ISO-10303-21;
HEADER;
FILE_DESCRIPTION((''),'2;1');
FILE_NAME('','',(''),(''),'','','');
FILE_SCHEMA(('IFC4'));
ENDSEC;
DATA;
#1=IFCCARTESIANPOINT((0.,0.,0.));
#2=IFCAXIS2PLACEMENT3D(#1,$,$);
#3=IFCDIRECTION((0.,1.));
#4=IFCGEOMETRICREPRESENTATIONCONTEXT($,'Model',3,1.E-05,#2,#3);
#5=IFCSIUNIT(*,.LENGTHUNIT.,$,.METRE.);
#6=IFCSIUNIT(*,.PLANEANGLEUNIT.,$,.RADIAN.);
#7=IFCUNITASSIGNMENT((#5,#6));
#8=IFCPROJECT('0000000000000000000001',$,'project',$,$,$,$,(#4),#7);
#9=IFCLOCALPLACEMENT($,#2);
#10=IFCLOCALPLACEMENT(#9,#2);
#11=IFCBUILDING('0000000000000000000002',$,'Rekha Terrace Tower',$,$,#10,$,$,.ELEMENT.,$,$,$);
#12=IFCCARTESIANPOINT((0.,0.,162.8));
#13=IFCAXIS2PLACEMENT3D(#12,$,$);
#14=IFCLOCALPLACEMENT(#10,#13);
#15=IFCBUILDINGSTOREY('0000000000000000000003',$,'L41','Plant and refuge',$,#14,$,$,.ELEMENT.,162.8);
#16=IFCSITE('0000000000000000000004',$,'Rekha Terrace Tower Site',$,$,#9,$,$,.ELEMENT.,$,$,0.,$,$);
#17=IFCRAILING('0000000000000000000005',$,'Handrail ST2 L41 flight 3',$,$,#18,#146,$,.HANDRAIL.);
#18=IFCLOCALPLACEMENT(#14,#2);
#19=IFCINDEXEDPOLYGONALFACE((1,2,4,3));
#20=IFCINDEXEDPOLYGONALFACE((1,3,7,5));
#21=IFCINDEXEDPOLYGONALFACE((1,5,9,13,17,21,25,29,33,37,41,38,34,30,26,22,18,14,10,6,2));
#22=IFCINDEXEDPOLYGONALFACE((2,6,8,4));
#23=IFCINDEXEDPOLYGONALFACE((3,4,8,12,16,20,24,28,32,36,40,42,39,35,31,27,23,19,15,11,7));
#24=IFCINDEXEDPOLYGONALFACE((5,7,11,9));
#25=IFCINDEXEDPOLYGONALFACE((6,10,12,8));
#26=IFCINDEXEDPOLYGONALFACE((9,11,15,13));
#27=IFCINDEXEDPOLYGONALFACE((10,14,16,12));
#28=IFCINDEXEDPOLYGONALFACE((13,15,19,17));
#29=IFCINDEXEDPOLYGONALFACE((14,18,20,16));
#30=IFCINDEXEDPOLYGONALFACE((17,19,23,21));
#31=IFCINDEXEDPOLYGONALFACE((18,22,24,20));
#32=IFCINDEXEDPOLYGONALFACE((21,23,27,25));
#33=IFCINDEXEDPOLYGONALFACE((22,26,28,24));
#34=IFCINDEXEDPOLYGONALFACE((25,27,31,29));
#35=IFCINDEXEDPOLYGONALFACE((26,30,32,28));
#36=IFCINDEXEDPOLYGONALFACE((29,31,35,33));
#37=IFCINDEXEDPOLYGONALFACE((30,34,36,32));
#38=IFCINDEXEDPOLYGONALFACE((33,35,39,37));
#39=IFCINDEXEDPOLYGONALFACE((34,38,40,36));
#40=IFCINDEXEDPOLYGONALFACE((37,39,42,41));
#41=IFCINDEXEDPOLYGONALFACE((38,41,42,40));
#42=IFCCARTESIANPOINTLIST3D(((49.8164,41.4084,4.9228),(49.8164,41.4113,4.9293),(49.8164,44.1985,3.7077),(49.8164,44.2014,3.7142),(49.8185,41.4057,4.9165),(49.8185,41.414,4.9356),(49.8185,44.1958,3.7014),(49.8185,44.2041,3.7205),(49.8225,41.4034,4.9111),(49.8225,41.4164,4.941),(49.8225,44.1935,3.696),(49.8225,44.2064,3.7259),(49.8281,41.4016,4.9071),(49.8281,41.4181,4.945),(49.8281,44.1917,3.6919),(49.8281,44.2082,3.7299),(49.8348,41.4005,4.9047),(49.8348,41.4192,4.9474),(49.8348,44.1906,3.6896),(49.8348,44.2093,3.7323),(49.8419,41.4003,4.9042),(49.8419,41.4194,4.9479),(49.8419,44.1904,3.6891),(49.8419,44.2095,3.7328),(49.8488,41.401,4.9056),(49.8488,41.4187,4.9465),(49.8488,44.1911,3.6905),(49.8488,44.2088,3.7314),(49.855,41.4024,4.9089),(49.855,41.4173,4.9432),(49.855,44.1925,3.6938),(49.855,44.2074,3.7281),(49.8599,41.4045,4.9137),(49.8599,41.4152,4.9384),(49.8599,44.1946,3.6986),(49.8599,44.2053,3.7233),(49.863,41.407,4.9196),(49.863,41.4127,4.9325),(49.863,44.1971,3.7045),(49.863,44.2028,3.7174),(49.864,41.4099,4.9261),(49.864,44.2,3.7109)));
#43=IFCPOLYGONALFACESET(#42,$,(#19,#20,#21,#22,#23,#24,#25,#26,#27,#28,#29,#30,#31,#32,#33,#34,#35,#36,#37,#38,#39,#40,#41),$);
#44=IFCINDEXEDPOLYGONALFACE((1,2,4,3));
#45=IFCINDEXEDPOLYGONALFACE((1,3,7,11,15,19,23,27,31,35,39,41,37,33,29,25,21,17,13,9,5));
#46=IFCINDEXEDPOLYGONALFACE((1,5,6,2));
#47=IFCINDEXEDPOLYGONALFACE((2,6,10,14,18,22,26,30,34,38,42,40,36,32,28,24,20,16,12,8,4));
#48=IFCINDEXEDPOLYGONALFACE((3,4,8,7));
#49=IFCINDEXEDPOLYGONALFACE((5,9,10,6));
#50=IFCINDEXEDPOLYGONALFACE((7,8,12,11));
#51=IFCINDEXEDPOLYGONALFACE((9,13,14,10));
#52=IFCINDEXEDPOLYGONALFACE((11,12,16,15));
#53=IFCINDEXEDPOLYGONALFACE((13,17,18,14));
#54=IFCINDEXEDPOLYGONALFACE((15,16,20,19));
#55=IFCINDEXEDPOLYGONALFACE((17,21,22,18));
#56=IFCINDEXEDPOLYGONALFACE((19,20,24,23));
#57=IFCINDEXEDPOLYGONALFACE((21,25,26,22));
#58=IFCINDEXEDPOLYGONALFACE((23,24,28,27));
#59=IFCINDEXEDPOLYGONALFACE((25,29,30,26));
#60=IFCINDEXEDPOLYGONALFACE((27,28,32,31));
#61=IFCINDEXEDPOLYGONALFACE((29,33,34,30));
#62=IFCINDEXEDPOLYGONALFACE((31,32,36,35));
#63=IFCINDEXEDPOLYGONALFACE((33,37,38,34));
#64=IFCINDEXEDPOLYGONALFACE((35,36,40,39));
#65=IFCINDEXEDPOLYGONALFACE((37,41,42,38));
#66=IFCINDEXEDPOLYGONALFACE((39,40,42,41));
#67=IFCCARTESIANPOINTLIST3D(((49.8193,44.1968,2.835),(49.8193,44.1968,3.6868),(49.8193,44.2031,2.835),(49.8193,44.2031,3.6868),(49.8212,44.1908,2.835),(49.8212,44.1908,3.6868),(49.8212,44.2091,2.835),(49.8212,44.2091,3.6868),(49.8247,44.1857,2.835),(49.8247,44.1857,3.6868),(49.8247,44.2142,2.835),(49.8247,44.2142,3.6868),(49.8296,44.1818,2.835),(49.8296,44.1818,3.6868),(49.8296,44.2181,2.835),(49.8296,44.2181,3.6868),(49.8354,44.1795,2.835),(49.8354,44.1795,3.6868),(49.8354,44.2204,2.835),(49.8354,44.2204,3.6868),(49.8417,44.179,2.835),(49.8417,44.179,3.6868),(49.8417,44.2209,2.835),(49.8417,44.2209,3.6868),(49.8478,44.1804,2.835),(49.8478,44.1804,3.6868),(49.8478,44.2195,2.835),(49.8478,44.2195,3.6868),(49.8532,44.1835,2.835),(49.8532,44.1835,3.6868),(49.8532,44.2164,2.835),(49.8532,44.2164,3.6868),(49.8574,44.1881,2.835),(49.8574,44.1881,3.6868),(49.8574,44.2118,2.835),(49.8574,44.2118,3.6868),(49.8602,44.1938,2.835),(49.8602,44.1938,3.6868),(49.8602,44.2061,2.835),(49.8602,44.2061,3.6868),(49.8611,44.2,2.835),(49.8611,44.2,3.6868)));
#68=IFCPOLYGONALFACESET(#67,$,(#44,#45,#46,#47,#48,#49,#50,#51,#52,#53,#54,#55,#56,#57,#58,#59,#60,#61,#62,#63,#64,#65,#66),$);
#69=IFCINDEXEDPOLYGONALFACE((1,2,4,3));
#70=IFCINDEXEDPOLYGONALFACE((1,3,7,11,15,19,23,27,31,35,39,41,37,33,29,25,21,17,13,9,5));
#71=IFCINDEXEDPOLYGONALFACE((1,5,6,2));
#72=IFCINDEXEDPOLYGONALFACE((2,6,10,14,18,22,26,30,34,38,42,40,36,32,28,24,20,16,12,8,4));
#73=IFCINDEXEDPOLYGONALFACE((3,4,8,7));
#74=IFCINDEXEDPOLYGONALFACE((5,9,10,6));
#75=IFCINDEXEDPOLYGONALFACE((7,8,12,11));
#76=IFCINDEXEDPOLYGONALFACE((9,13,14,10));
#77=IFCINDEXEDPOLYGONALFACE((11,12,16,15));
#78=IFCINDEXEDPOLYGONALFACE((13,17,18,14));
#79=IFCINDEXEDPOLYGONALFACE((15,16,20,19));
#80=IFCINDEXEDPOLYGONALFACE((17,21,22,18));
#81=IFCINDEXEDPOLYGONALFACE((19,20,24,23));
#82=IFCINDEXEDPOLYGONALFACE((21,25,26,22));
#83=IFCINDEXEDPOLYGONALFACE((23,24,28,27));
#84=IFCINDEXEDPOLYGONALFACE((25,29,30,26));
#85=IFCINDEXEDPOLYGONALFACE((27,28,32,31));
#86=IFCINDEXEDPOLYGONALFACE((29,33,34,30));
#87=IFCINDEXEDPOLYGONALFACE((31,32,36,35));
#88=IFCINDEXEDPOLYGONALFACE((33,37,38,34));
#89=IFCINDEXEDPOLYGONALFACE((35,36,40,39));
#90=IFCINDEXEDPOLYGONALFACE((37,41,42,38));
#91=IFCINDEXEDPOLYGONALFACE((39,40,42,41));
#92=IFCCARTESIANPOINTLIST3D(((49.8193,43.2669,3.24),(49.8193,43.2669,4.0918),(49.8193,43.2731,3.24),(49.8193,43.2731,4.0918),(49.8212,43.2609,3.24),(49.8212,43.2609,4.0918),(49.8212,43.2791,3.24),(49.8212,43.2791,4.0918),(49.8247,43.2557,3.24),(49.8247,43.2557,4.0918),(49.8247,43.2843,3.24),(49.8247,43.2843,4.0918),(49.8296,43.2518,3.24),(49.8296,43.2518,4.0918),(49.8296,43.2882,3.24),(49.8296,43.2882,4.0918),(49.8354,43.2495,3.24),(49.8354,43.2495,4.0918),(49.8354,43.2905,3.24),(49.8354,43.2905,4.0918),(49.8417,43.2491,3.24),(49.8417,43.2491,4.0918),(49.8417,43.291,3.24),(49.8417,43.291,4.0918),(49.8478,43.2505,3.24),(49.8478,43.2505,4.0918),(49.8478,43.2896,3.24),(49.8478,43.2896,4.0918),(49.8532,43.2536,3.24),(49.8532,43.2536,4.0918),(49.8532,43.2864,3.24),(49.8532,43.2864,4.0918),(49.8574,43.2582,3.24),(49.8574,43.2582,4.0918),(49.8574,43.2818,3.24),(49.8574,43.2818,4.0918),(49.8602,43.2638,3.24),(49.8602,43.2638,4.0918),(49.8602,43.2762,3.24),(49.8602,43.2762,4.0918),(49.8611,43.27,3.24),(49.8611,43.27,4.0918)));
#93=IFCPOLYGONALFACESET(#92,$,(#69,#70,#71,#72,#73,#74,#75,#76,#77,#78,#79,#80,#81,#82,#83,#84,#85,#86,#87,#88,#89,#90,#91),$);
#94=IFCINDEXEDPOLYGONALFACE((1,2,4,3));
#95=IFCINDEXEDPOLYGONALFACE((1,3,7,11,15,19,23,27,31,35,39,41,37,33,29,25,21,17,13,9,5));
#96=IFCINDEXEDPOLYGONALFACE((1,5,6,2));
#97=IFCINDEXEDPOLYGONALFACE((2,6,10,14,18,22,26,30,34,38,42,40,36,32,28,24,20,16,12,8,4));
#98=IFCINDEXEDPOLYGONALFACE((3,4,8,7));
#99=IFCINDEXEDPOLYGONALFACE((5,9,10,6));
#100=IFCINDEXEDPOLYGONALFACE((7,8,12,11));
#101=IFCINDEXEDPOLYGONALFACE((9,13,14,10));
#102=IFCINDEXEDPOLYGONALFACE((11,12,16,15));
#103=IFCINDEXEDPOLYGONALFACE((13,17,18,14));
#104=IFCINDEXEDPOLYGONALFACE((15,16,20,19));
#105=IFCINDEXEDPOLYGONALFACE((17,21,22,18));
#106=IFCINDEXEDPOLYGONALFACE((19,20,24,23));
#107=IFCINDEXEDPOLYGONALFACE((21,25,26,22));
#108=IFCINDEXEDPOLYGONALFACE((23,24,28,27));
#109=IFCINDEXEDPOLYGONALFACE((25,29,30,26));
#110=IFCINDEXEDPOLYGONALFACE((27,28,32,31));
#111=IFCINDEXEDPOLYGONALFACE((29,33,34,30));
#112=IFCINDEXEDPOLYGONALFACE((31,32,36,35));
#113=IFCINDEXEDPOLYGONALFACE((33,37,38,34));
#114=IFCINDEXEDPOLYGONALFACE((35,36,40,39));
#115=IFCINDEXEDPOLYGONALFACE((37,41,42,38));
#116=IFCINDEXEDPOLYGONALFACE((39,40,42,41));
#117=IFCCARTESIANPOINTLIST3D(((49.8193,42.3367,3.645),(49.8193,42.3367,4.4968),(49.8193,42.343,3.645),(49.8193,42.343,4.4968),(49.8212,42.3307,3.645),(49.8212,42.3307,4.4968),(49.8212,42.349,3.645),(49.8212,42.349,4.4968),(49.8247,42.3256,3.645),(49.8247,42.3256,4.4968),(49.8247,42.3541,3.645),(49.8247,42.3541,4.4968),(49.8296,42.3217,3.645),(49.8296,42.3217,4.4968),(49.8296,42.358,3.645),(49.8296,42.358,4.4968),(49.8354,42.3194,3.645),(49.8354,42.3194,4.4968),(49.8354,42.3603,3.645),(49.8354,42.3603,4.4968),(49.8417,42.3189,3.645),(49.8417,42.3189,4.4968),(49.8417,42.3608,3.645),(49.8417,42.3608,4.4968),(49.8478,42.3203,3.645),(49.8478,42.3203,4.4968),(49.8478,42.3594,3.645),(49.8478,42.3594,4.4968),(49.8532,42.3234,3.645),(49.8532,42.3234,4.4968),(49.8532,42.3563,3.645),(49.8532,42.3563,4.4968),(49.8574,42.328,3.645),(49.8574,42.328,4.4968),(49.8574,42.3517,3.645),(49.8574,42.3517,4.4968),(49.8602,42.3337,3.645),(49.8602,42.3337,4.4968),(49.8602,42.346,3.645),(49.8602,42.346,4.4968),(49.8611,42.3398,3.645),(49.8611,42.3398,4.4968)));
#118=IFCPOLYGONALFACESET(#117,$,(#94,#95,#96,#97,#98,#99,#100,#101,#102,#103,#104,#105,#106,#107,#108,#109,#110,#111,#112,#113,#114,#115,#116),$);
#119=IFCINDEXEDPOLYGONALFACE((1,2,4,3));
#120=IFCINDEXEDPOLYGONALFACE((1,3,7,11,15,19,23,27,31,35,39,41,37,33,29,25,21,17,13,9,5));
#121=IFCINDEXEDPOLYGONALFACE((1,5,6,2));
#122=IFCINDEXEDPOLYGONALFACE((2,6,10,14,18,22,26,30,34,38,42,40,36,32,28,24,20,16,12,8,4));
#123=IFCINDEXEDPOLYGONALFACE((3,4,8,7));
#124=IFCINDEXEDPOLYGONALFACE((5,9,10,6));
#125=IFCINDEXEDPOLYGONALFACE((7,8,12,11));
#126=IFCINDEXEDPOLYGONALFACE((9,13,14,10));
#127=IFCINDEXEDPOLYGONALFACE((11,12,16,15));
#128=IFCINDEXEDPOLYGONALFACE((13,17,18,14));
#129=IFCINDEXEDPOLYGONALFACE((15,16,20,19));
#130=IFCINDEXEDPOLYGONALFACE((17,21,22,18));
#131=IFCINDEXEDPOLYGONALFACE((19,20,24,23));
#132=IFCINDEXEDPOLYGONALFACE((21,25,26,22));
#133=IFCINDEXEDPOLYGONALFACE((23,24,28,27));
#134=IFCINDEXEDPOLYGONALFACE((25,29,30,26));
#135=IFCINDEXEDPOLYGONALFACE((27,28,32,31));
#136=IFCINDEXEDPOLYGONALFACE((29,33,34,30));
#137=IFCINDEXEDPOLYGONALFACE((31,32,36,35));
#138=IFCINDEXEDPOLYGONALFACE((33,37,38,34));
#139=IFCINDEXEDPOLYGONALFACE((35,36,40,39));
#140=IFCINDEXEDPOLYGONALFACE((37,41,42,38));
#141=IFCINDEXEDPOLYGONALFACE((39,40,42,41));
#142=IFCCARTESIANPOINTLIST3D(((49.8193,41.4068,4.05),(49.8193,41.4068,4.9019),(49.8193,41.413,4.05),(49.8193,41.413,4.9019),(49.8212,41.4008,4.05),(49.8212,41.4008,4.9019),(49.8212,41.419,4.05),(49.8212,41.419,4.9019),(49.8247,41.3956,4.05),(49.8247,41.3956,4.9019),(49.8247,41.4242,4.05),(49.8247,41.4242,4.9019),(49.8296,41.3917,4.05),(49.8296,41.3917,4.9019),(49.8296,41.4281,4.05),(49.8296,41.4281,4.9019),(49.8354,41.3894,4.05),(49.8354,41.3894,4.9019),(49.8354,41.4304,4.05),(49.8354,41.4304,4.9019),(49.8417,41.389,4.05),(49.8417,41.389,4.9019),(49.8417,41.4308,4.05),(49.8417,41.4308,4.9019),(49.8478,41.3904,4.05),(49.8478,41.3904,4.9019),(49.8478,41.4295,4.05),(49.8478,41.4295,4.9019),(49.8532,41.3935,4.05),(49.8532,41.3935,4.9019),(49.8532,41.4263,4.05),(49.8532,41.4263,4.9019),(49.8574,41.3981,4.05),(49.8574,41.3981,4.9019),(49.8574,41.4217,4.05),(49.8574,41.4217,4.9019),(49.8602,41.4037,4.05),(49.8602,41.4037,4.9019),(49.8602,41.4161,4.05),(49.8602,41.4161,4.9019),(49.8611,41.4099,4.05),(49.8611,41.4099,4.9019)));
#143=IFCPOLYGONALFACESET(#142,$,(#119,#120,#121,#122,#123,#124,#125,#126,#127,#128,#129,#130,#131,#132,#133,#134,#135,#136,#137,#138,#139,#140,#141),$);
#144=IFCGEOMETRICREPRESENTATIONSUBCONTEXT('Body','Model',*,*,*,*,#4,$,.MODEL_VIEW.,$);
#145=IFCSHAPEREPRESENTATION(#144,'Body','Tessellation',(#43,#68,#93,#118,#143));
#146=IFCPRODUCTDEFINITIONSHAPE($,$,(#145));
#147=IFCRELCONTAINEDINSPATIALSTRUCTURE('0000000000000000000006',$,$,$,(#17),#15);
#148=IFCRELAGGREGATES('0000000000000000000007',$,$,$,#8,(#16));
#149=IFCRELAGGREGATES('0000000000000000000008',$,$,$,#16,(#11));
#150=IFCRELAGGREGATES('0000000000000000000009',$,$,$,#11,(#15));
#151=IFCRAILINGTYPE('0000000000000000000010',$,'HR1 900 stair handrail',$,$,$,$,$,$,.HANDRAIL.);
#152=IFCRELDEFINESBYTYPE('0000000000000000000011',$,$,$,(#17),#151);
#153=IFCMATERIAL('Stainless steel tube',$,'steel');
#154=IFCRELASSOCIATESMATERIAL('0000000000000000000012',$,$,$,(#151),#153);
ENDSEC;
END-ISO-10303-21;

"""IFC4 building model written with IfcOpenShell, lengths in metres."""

from ifc_helpers import new_model, si_unit, direction, frame, origin, origin_2d, place, context, subcontext, project, spatial, circle, extrude, material, type_object, element, save


model = new_model("IFC4")

# Units and contexts
model_context = context("Model", 3, precision=1e-05, world=origin(), true_north=direction((0.0, 1.0)))
body_context = subcontext(model_context, "Body", "Model", "MODEL_VIEW")
ifc_project = project(units=[si_unit("LENGTHUNIT", "METRE"), si_unit("PLANEANGLEUNIT", "RADIAN")], contexts=[model_context])

# Site, building, storey
site_placement = place(None, origin())
site = spatial("IfcSite", under=ifc_project, at=site_placement, Name="Rekha Terrace Tower Site", CompositionType="ELEMENT", RefElevation=0.0)
building_placement = place(site_placement, origin())
building = spatial("IfcBuilding", under=site, at=building_placement, Name="Rekha Terrace Tower", CompositionType="ELEMENT")
storey_placement = place(building_placement, frame((0.0, 0.0, 162.8)))
storey = spatial("IfcBuildingStorey", under=building, at=storey_placement, Name="L41", Description="Plant and refuge", CompositionType="ELEMENT", Elevation=162.8)

# Railing
ifc_material_1 = material(Name="Stainless steel tube", Category="steel")
railing_type_1 = type_object("IfcRailingType", Name="HR1 900 stair handrail", PredefinedType="HANDRAIL", material=ifc_material_1)
railing_1_placement = place(storey_placement, frame((49.8401, 44.2, 2.835)))
element("IfcRailing", 1, at=railing_1_placement, inside=storey, type_object=railing_type_1, Name="Handrail ST2 L41 flight 3", PredefinedType="HANDRAIL", context=body_context, shape_type="SweptSolid", body=[
    extrude(circle(Radius=0.0239, at=origin_2d()), frame((0.0, 0.0, 0.876), z_axis=(0.0, -0.916826, 0.399286), x_axis=(1.0, 0.0, 0.0)), (0.0, 0.0, 1.0), 3.0432),
    extrude(circle(Radius=0.021, at=origin_2d()), origin(), (0.0, 0.0, 1.0), 0.8518),
    extrude(circle(Radius=0.021, at=origin_2d()), frame((0.0, -0.9299, 0.405)), (0.0, 0.0, 1.0), 0.8518),
    extrude(circle(Radius=0.021, at=origin_2d()), frame((0.0, -1.8601, 0.8101)), (0.0, 0.0, 1.0), 0.8518),
    extrude(circle(Radius=0.021, at=origin_2d()), frame((0.0, -2.79, 1.2151)), (0.0, 0.0, 1.0), 0.8518),
])

save(model, "model.ifc")
